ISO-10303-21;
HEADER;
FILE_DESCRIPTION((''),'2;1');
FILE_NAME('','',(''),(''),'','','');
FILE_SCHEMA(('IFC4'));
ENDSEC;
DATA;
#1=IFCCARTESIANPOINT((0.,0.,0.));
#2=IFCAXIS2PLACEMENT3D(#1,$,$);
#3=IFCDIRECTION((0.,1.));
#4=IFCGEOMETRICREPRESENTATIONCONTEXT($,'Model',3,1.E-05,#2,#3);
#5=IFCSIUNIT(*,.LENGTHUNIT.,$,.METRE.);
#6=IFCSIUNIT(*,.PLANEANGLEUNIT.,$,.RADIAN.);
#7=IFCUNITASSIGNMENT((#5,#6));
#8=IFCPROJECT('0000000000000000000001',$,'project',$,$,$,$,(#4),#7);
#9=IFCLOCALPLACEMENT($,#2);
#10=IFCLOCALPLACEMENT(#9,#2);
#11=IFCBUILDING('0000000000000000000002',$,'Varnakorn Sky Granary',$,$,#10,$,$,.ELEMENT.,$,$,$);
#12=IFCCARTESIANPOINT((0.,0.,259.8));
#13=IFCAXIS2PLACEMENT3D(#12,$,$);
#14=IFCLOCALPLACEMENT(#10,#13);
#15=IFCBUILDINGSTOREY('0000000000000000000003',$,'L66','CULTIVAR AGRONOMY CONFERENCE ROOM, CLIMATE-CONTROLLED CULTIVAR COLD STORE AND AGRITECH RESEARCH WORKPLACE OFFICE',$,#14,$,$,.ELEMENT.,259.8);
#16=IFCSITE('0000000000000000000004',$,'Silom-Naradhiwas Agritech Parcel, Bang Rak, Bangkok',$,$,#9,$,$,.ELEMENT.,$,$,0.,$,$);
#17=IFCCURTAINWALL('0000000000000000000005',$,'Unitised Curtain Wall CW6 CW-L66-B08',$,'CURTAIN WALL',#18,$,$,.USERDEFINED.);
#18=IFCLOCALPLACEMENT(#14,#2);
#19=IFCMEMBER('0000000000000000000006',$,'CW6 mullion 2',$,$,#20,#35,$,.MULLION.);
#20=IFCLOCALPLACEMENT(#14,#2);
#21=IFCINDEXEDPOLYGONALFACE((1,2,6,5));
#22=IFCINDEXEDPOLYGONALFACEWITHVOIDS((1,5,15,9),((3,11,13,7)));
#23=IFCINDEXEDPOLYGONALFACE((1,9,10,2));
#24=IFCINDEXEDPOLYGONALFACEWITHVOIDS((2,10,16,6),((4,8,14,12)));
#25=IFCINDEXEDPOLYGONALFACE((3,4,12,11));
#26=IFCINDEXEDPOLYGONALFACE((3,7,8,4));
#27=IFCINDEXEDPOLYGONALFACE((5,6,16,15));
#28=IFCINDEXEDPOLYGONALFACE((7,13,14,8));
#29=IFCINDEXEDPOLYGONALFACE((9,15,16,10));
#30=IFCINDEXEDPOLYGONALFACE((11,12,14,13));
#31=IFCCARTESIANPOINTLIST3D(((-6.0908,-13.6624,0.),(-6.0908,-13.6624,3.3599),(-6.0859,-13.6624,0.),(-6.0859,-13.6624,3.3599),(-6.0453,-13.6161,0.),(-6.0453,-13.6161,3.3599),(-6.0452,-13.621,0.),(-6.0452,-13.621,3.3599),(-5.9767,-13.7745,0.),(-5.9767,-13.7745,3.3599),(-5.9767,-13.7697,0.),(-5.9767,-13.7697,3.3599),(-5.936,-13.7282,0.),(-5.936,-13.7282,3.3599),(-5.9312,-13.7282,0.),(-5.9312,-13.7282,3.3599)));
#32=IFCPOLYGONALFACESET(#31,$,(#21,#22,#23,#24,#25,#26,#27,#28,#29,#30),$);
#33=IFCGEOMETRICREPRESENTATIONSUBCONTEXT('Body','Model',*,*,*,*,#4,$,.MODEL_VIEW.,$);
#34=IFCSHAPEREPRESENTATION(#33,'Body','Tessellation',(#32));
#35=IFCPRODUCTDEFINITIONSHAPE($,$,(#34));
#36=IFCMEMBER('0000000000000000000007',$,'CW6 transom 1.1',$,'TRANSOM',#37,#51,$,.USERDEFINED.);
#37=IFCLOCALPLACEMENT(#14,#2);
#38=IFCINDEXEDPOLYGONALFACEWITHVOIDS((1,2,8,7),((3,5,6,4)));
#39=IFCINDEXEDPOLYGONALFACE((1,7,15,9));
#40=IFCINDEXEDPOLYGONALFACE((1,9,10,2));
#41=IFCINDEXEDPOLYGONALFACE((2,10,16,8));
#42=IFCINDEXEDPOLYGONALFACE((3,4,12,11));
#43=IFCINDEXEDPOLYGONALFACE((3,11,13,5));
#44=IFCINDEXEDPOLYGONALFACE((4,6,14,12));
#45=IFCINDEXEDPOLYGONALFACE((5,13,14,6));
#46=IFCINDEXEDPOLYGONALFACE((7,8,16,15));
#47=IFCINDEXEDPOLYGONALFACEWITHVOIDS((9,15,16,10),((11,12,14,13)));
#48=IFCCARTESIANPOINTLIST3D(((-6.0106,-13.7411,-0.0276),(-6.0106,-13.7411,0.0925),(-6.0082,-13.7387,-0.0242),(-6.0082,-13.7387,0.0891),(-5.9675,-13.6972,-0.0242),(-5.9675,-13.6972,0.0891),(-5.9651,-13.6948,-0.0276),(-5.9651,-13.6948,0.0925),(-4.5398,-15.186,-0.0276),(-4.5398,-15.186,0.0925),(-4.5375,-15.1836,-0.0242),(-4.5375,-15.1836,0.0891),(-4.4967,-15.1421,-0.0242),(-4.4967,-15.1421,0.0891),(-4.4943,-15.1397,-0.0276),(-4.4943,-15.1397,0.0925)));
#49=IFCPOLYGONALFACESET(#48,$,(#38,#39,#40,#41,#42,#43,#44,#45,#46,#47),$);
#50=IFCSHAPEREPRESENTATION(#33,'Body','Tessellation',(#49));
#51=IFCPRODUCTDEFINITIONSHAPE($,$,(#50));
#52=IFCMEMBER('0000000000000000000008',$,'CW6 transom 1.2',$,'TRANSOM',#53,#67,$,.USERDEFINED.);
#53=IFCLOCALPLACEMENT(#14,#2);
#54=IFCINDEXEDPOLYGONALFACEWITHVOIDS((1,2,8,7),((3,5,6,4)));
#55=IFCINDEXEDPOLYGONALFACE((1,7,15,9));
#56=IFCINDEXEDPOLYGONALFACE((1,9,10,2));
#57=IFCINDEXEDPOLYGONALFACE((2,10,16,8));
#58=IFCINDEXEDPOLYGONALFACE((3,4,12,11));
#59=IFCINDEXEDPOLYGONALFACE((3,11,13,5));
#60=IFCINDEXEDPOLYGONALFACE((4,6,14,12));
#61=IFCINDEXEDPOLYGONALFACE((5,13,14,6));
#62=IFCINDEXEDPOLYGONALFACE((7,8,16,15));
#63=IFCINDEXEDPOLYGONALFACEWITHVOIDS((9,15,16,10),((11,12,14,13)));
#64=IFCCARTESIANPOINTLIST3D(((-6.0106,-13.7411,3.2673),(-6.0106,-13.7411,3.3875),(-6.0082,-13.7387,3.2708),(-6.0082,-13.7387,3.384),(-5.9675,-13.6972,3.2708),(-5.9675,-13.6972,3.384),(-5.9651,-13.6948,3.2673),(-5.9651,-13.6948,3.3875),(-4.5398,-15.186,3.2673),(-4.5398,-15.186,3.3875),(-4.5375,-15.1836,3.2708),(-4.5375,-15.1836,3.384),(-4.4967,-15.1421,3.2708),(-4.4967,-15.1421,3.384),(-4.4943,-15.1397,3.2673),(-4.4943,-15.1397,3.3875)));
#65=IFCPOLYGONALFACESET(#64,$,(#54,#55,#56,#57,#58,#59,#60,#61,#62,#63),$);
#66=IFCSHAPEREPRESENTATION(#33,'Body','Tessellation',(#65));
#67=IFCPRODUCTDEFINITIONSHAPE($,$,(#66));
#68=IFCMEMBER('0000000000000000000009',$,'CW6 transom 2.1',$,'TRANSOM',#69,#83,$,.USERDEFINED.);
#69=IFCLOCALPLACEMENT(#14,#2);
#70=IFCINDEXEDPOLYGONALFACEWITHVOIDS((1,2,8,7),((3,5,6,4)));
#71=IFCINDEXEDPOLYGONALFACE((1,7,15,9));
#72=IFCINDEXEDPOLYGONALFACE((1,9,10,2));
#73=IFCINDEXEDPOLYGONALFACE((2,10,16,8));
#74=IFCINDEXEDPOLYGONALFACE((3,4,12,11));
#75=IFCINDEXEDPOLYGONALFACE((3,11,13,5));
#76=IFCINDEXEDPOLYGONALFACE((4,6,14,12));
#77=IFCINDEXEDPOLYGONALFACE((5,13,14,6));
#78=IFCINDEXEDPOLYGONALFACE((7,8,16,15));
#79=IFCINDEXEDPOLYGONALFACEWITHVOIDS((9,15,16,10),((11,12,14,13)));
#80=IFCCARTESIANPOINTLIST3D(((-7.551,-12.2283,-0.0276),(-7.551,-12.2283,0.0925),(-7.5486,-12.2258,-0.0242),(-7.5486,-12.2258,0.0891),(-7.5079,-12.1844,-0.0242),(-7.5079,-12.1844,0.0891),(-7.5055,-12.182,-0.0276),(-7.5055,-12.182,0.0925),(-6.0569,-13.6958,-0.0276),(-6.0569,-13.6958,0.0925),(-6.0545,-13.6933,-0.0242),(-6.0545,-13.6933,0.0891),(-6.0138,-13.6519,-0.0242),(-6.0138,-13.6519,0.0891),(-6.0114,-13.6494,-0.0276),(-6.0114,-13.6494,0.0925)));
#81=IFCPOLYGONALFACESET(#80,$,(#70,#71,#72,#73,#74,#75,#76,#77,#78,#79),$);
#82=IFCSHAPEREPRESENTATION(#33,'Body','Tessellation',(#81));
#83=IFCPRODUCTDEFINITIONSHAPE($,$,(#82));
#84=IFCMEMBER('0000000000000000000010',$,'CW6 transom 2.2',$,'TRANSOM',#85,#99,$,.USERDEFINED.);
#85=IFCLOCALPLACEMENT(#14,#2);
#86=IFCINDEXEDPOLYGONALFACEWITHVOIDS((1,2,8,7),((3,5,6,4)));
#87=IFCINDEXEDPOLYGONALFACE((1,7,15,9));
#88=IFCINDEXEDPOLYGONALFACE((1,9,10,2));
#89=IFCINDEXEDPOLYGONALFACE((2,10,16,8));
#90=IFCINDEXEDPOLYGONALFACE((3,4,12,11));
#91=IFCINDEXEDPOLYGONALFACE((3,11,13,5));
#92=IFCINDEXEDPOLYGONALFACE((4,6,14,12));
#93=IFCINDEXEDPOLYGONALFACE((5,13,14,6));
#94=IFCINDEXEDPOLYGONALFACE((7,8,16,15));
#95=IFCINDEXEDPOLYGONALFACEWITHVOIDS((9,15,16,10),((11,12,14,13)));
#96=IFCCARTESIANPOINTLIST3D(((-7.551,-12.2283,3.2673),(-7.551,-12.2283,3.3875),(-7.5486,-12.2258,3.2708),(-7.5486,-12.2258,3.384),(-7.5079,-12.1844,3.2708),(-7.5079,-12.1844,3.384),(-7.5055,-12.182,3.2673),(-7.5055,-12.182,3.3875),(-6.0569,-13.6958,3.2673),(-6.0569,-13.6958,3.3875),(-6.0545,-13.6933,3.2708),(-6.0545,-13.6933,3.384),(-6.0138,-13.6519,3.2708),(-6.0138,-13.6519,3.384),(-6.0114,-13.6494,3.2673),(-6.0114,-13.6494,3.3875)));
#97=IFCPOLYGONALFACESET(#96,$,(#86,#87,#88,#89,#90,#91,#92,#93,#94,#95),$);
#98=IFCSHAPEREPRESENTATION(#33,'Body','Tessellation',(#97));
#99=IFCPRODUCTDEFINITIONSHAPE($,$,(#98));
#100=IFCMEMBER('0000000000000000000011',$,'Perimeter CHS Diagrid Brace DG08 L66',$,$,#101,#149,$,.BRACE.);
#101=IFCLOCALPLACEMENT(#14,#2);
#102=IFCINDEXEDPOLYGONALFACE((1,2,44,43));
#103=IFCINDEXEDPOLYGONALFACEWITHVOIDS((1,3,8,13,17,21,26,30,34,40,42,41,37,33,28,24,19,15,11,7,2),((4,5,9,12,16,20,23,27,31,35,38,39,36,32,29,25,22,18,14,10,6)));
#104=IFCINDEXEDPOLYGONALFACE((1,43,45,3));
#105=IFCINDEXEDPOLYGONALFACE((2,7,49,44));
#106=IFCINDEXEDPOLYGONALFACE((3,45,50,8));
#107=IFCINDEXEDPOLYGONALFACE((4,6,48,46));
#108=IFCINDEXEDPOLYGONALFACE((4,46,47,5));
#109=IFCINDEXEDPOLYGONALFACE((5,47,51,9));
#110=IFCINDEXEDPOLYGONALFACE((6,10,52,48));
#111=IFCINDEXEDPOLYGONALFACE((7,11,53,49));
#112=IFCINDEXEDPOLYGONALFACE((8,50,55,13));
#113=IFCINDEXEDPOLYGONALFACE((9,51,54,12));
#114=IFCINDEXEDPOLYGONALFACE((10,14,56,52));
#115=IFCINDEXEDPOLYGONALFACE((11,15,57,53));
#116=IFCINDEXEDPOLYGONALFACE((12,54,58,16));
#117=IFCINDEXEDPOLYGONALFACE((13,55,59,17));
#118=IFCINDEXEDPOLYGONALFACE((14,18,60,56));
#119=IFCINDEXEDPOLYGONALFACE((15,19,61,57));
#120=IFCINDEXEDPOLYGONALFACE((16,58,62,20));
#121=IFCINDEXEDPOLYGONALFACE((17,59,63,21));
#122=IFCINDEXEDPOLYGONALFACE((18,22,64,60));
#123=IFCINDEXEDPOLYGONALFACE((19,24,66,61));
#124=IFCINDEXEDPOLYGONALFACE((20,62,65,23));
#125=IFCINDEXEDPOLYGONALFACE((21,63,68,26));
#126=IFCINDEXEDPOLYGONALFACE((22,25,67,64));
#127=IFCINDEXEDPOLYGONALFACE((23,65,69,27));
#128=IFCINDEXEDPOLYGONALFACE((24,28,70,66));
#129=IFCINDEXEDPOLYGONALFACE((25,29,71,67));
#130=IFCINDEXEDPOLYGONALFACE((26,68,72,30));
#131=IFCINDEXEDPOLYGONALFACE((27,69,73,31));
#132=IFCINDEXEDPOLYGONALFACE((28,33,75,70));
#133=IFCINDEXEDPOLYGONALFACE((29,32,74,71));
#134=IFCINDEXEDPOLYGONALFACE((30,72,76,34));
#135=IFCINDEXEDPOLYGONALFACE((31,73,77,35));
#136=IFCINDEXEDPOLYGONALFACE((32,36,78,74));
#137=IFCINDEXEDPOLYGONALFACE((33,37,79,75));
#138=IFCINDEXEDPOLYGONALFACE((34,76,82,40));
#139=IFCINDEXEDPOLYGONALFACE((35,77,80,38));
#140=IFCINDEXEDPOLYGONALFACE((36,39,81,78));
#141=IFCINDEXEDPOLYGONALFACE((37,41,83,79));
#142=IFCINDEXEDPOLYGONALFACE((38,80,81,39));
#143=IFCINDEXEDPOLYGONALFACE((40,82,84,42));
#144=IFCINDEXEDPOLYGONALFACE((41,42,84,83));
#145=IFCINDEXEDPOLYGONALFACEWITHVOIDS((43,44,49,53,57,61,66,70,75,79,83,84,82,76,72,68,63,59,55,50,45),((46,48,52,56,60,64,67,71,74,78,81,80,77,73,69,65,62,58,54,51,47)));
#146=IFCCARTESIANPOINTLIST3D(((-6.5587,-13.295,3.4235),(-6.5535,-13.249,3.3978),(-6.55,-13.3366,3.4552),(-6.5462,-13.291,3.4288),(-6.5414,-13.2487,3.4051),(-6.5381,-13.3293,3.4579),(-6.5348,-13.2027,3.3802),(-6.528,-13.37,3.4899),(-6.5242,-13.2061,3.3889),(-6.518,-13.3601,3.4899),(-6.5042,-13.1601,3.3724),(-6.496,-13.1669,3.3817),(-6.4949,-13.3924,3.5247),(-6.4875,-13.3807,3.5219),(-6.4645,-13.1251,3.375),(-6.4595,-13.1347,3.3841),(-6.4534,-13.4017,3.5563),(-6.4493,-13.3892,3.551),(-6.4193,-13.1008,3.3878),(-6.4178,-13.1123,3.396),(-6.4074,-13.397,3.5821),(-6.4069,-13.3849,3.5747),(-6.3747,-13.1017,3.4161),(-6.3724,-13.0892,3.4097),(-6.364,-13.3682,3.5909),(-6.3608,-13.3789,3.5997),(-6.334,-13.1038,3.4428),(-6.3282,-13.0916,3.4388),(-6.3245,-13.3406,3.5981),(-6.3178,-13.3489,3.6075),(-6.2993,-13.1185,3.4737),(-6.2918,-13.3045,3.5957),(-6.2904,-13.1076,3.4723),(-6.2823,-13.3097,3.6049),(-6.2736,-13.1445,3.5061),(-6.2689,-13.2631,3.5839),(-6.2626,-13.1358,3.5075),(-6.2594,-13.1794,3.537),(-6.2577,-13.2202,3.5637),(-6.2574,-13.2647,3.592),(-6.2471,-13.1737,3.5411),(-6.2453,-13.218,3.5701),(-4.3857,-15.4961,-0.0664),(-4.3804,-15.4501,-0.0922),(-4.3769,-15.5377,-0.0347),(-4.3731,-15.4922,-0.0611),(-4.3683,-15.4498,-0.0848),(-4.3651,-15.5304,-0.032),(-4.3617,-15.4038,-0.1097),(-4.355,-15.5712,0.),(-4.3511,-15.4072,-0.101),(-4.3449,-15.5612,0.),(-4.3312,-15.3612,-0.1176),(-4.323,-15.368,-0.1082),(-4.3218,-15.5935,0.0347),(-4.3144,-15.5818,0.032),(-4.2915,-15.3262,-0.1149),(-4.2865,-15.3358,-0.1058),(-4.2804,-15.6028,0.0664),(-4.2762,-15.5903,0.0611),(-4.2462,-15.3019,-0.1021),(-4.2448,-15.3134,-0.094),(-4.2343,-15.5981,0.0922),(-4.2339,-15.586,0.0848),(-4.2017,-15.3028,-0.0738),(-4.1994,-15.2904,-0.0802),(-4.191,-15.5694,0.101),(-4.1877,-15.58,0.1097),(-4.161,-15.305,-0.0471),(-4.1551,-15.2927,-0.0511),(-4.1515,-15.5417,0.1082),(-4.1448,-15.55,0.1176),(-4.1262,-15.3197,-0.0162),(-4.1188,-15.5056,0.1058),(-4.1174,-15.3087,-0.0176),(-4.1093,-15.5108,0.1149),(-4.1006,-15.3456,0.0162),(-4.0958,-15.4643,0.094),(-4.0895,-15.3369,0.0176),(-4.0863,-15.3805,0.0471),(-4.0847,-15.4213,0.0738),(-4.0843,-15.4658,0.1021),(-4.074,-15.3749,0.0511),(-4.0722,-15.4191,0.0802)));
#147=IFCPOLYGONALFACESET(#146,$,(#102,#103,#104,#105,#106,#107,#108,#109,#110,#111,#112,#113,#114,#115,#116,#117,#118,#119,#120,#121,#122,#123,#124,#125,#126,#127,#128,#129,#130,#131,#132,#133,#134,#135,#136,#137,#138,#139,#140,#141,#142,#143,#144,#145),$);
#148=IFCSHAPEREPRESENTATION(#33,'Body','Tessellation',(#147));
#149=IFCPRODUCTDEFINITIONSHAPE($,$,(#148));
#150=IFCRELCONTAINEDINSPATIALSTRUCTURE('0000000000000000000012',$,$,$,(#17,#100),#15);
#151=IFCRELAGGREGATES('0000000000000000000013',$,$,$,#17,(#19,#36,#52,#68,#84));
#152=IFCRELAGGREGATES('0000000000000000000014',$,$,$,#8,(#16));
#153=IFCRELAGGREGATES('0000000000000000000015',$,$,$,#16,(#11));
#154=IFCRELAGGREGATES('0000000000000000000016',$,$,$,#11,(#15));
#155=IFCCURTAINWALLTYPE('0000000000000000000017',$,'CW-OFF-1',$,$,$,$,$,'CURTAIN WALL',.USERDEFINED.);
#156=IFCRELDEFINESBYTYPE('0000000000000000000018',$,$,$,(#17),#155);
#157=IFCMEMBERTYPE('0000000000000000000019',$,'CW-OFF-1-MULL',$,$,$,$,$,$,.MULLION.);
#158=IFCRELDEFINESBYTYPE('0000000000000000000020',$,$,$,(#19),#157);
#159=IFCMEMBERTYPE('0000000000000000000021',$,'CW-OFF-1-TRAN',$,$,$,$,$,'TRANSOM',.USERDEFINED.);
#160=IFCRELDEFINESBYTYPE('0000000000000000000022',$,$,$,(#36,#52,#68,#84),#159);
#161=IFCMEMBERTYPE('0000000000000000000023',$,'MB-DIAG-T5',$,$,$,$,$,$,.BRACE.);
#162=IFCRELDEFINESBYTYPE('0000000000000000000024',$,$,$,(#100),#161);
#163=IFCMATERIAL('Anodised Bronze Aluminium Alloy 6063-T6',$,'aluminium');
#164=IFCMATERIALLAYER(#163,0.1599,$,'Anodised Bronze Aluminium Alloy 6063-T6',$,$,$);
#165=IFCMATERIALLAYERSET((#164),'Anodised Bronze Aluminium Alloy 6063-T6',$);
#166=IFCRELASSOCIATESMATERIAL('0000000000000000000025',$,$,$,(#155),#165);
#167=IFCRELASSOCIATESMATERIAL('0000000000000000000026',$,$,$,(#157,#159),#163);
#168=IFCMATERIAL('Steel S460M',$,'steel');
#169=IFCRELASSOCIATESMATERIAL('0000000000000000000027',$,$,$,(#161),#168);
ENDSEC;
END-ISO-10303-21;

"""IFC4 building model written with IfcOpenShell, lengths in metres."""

from ifc_helpers import new_model, si_unit, direction, frame, origin, origin_2d, place, context, subcontext, project, spatial, hollow_rectangle, hollow_circle, extrude, material, layer, layer_set, material_profile, profile_set, type_object, element, aggregate, save


model = new_model("IFC4")

# Units and contexts
model_context = context("Model", 3, precision=1e-05, world=origin(), true_north=direction((0.0, 1.0)))
body_context = subcontext(model_context, "Body", "Model", "MODEL_VIEW")
ifc_project = project(units=[si_unit("LENGTHUNIT", "METRE"), si_unit("PLANEANGLEUNIT", "RADIAN")], contexts=[model_context])

# Site, building, storey
site_placement = place(None, origin())
site = spatial("IfcSite", under=ifc_project, at=site_placement, Name="Silom-Naradhiwas Agritech Parcel, Bang Rak, Bangkok", CompositionType="ELEMENT", RefElevation=0.0)
building_placement = place(site_placement, origin())
building = spatial("IfcBuilding", under=site, at=building_placement, Name="Varnakorn Sky Granary", CompositionType="ELEMENT")
storey_placement = place(building_placement, frame((0.0, 0.0, 259.8)))
storey = spatial("IfcBuildingStorey", under=building, at=storey_placement, Name="L66", Description="CULTIVAR AGRONOMY CONFERENCE ROOM, CLIMATE-CONTROLLED CULTIVAR COLD STORE AND AGRITECH RESEARCH WORKPLACE OFFICE", CompositionType="ELEMENT", Elevation=259.8)

# Shared definitions
ifc_material_1 = material(Name="Steel S460M", Category="steel")

# Curtain wall, members
ifc_material_2 = material(Name="Anodised Bronze Aluminium Alloy 6063-T6", Category="aluminium")
ifc_layer_1 = layer(ifc_material_2, 0.1599, Name="Anodised Bronze Aluminium Alloy 6063-T6")
ifc_layer_set_1 = layer_set([ifc_layer_1], Name="Anodised Bronze Aluminium Alloy 6063-T6")
curtain_wall_type = type_object("IfcCurtainWallType", Name="CW-OFF-1", ElementType="CURTAIN WALL", PredefinedType="USERDEFINED", material=ifc_layer_set_1)
curtain_wall_placement = place(storey_placement, origin())
curtain_wall = element("IfcCurtainWall", 1, at=curtain_wall_placement, inside=storey, type_object=curtain_wall_type, Name="Unitised Curtain Wall CW6 CW-L66-B08", ObjectType="CURTAIN WALL", PredefinedType="USERDEFINED")
ifc_material_profile_1 = material_profile(ifc_material_2, hollow_rectangle(XDim=0.0649, YDim=0.1599, WallThickness=0.0034, at=origin_2d()), Name="ALU MULL 65x160")
ifc_profile_set_1 = profile_set([ifc_material_profile_1], Name="Anodised Bronze Aluminium Alloy 6063-T6")
member_type_1 = type_object("IfcMemberType", Name="CW-OFF-1-MULL", PredefinedType="MULLION", material=ifc_profile_set_1)
member_1_placement = place(storey_placement, frame((-6.011, -13.6953, 0.0), z_axis=(0.0, 0.0, 1.0), x_axis=(-0.700774, -0.713383, 0.0)))
member_1 = element("IfcMember", 2, at=member_1_placement, type_object=member_type_1, Name="CW6 mullion 2", PredefinedType="MULLION", context=body_context, shape_type="SweptSolid", body=[
    extrude(hollow_rectangle(XDim=0.0649, YDim=0.1599, WallThickness=0.0034, at=origin_2d()), origin(), (0.0, 0.0, 1.0), 3.3599),
])
ifc_material_profile_2 = material_profile(ifc_material_2, hollow_rectangle(XDim=0.0649, YDim=0.1201, WallThickness=0.0034, at=origin_2d()), Name="ALU TRAN 65x120")
ifc_profile_set_2 = profile_set([ifc_material_profile_2], Name="Anodised Bronze Aluminium Alloy 6063-T6")
member_type_2 = type_object("IfcMemberType", Name="CW-OFF-1-TRAN", ElementType="TRANSOM", PredefinedType="USERDEFINED", material=ifc_profile_set_2)
member_2_placement = place(storey_placement, frame((-4.5171, -15.1628, 0.0325), z_axis=(-0.713355, 0.700803, 0.0), x_axis=(-0.700803, -0.713355, 0.0)))
member_2 = element("IfcMember", 3, at=member_2_placement, type_object=member_type_2, Name="CW6 transom 1.1", ObjectType="TRANSOM", PredefinedType="USERDEFINED", context=body_context, shape_type="SweptSolid", body=[
    extrude(hollow_rectangle(XDim=0.0649, YDim=0.1201, WallThickness=0.0034, at=origin_2d()), origin(), (0.0, 0.0, 1.0), 2.0618),
])
member_3_placement = place(storey_placement, frame((-4.5171, -15.1628, 3.3274), z_axis=(-0.713355, 0.700803, 0.0), x_axis=(-0.700803, -0.713355, 0.0)))
member_3 = element("IfcMember", 4, at=member_3_placement, type_object=member_type_2, Name="CW6 transom 1.2", ObjectType="TRANSOM", PredefinedType="USERDEFINED", context=body_context, shape_type="SweptSolid", body=[
    extrude(hollow_rectangle(XDim=0.0649, YDim=0.1201, WallThickness=0.0034, at=origin_2d()), origin(), (0.0, 0.0, 1.0), 2.0618),
])
member_4_placement = place(storey_placement, frame((-6.0342, -13.6726, 0.0325), z_axis=(-0.713432, 0.700725, 0.0), x_axis=(-0.700725, -0.713432, 0.0)))
member_4 = element("IfcMember", 5, at=member_4_placement, type_object=member_type_2, Name="CW6 transom 2.1", ObjectType="TRANSOM", PredefinedType="USERDEFINED", context=body_context, shape_type="SweptSolid", body=[
    extrude(hollow_rectangle(XDim=0.0649, YDim=0.1201, WallThickness=0.0034, at=origin_2d()), origin(), (0.0, 0.0, 1.0), 2.0942),
])
member_5_placement = place(storey_placement, frame((-6.0342, -13.6726, 3.3274), z_axis=(-0.713432, 0.700725, 0.0), x_axis=(-0.700725, -0.713432, 0.0)))
member_5 = element("IfcMember", 6, at=member_5_placement, type_object=member_type_2, Name="CW6 transom 2.2", ObjectType="TRANSOM", PredefinedType="USERDEFINED", context=body_context, shape_type="SweptSolid", body=[
    extrude(hollow_rectangle(XDim=0.0649, YDim=0.1201, WallThickness=0.0034, at=origin_2d()), origin(), (0.0, 0.0, 1.0), 2.0942),
])

# Member
ifc_material_profile_3 = material_profile(ifc_material_1, hollow_circle(Radius=0.1777, WallThickness=0.0142, at=origin_2d()), Name="CHS 355.6x14")
ifc_profile_set_3 = profile_set([ifc_material_profile_3], Name="Steel S460M")
member_type_3 = type_object("IfcMemberType", Name="MB-DIAG-T5", PredefinedType="BRACE", material=ifc_profile_set_3)
member_6_placement = place(storey_placement, frame((-4.2285, -15.4463, 0.0), z_axis=(-0.465987, 0.472008, 0.748375), x_axis=(-0.711631, -0.702554, 0.0)))
element("IfcMember", 7, at=member_6_placement, inside=storey, type_object=member_type_3, Name="Perimeter CHS Diagrid Brace DG08 L66", PredefinedType="BRACE", context=body_context, shape_type="SweptSolid", body=[
    extrude(hollow_circle(Radius=0.1777, WallThickness=0.0142, at=origin_2d()), origin(), (0.0, 0.0, 1.0), 4.6633),
])

aggregate(curtain_wall, [member_1, member_2, member_3, member_4, member_5])

save(model, "model.ifc")
